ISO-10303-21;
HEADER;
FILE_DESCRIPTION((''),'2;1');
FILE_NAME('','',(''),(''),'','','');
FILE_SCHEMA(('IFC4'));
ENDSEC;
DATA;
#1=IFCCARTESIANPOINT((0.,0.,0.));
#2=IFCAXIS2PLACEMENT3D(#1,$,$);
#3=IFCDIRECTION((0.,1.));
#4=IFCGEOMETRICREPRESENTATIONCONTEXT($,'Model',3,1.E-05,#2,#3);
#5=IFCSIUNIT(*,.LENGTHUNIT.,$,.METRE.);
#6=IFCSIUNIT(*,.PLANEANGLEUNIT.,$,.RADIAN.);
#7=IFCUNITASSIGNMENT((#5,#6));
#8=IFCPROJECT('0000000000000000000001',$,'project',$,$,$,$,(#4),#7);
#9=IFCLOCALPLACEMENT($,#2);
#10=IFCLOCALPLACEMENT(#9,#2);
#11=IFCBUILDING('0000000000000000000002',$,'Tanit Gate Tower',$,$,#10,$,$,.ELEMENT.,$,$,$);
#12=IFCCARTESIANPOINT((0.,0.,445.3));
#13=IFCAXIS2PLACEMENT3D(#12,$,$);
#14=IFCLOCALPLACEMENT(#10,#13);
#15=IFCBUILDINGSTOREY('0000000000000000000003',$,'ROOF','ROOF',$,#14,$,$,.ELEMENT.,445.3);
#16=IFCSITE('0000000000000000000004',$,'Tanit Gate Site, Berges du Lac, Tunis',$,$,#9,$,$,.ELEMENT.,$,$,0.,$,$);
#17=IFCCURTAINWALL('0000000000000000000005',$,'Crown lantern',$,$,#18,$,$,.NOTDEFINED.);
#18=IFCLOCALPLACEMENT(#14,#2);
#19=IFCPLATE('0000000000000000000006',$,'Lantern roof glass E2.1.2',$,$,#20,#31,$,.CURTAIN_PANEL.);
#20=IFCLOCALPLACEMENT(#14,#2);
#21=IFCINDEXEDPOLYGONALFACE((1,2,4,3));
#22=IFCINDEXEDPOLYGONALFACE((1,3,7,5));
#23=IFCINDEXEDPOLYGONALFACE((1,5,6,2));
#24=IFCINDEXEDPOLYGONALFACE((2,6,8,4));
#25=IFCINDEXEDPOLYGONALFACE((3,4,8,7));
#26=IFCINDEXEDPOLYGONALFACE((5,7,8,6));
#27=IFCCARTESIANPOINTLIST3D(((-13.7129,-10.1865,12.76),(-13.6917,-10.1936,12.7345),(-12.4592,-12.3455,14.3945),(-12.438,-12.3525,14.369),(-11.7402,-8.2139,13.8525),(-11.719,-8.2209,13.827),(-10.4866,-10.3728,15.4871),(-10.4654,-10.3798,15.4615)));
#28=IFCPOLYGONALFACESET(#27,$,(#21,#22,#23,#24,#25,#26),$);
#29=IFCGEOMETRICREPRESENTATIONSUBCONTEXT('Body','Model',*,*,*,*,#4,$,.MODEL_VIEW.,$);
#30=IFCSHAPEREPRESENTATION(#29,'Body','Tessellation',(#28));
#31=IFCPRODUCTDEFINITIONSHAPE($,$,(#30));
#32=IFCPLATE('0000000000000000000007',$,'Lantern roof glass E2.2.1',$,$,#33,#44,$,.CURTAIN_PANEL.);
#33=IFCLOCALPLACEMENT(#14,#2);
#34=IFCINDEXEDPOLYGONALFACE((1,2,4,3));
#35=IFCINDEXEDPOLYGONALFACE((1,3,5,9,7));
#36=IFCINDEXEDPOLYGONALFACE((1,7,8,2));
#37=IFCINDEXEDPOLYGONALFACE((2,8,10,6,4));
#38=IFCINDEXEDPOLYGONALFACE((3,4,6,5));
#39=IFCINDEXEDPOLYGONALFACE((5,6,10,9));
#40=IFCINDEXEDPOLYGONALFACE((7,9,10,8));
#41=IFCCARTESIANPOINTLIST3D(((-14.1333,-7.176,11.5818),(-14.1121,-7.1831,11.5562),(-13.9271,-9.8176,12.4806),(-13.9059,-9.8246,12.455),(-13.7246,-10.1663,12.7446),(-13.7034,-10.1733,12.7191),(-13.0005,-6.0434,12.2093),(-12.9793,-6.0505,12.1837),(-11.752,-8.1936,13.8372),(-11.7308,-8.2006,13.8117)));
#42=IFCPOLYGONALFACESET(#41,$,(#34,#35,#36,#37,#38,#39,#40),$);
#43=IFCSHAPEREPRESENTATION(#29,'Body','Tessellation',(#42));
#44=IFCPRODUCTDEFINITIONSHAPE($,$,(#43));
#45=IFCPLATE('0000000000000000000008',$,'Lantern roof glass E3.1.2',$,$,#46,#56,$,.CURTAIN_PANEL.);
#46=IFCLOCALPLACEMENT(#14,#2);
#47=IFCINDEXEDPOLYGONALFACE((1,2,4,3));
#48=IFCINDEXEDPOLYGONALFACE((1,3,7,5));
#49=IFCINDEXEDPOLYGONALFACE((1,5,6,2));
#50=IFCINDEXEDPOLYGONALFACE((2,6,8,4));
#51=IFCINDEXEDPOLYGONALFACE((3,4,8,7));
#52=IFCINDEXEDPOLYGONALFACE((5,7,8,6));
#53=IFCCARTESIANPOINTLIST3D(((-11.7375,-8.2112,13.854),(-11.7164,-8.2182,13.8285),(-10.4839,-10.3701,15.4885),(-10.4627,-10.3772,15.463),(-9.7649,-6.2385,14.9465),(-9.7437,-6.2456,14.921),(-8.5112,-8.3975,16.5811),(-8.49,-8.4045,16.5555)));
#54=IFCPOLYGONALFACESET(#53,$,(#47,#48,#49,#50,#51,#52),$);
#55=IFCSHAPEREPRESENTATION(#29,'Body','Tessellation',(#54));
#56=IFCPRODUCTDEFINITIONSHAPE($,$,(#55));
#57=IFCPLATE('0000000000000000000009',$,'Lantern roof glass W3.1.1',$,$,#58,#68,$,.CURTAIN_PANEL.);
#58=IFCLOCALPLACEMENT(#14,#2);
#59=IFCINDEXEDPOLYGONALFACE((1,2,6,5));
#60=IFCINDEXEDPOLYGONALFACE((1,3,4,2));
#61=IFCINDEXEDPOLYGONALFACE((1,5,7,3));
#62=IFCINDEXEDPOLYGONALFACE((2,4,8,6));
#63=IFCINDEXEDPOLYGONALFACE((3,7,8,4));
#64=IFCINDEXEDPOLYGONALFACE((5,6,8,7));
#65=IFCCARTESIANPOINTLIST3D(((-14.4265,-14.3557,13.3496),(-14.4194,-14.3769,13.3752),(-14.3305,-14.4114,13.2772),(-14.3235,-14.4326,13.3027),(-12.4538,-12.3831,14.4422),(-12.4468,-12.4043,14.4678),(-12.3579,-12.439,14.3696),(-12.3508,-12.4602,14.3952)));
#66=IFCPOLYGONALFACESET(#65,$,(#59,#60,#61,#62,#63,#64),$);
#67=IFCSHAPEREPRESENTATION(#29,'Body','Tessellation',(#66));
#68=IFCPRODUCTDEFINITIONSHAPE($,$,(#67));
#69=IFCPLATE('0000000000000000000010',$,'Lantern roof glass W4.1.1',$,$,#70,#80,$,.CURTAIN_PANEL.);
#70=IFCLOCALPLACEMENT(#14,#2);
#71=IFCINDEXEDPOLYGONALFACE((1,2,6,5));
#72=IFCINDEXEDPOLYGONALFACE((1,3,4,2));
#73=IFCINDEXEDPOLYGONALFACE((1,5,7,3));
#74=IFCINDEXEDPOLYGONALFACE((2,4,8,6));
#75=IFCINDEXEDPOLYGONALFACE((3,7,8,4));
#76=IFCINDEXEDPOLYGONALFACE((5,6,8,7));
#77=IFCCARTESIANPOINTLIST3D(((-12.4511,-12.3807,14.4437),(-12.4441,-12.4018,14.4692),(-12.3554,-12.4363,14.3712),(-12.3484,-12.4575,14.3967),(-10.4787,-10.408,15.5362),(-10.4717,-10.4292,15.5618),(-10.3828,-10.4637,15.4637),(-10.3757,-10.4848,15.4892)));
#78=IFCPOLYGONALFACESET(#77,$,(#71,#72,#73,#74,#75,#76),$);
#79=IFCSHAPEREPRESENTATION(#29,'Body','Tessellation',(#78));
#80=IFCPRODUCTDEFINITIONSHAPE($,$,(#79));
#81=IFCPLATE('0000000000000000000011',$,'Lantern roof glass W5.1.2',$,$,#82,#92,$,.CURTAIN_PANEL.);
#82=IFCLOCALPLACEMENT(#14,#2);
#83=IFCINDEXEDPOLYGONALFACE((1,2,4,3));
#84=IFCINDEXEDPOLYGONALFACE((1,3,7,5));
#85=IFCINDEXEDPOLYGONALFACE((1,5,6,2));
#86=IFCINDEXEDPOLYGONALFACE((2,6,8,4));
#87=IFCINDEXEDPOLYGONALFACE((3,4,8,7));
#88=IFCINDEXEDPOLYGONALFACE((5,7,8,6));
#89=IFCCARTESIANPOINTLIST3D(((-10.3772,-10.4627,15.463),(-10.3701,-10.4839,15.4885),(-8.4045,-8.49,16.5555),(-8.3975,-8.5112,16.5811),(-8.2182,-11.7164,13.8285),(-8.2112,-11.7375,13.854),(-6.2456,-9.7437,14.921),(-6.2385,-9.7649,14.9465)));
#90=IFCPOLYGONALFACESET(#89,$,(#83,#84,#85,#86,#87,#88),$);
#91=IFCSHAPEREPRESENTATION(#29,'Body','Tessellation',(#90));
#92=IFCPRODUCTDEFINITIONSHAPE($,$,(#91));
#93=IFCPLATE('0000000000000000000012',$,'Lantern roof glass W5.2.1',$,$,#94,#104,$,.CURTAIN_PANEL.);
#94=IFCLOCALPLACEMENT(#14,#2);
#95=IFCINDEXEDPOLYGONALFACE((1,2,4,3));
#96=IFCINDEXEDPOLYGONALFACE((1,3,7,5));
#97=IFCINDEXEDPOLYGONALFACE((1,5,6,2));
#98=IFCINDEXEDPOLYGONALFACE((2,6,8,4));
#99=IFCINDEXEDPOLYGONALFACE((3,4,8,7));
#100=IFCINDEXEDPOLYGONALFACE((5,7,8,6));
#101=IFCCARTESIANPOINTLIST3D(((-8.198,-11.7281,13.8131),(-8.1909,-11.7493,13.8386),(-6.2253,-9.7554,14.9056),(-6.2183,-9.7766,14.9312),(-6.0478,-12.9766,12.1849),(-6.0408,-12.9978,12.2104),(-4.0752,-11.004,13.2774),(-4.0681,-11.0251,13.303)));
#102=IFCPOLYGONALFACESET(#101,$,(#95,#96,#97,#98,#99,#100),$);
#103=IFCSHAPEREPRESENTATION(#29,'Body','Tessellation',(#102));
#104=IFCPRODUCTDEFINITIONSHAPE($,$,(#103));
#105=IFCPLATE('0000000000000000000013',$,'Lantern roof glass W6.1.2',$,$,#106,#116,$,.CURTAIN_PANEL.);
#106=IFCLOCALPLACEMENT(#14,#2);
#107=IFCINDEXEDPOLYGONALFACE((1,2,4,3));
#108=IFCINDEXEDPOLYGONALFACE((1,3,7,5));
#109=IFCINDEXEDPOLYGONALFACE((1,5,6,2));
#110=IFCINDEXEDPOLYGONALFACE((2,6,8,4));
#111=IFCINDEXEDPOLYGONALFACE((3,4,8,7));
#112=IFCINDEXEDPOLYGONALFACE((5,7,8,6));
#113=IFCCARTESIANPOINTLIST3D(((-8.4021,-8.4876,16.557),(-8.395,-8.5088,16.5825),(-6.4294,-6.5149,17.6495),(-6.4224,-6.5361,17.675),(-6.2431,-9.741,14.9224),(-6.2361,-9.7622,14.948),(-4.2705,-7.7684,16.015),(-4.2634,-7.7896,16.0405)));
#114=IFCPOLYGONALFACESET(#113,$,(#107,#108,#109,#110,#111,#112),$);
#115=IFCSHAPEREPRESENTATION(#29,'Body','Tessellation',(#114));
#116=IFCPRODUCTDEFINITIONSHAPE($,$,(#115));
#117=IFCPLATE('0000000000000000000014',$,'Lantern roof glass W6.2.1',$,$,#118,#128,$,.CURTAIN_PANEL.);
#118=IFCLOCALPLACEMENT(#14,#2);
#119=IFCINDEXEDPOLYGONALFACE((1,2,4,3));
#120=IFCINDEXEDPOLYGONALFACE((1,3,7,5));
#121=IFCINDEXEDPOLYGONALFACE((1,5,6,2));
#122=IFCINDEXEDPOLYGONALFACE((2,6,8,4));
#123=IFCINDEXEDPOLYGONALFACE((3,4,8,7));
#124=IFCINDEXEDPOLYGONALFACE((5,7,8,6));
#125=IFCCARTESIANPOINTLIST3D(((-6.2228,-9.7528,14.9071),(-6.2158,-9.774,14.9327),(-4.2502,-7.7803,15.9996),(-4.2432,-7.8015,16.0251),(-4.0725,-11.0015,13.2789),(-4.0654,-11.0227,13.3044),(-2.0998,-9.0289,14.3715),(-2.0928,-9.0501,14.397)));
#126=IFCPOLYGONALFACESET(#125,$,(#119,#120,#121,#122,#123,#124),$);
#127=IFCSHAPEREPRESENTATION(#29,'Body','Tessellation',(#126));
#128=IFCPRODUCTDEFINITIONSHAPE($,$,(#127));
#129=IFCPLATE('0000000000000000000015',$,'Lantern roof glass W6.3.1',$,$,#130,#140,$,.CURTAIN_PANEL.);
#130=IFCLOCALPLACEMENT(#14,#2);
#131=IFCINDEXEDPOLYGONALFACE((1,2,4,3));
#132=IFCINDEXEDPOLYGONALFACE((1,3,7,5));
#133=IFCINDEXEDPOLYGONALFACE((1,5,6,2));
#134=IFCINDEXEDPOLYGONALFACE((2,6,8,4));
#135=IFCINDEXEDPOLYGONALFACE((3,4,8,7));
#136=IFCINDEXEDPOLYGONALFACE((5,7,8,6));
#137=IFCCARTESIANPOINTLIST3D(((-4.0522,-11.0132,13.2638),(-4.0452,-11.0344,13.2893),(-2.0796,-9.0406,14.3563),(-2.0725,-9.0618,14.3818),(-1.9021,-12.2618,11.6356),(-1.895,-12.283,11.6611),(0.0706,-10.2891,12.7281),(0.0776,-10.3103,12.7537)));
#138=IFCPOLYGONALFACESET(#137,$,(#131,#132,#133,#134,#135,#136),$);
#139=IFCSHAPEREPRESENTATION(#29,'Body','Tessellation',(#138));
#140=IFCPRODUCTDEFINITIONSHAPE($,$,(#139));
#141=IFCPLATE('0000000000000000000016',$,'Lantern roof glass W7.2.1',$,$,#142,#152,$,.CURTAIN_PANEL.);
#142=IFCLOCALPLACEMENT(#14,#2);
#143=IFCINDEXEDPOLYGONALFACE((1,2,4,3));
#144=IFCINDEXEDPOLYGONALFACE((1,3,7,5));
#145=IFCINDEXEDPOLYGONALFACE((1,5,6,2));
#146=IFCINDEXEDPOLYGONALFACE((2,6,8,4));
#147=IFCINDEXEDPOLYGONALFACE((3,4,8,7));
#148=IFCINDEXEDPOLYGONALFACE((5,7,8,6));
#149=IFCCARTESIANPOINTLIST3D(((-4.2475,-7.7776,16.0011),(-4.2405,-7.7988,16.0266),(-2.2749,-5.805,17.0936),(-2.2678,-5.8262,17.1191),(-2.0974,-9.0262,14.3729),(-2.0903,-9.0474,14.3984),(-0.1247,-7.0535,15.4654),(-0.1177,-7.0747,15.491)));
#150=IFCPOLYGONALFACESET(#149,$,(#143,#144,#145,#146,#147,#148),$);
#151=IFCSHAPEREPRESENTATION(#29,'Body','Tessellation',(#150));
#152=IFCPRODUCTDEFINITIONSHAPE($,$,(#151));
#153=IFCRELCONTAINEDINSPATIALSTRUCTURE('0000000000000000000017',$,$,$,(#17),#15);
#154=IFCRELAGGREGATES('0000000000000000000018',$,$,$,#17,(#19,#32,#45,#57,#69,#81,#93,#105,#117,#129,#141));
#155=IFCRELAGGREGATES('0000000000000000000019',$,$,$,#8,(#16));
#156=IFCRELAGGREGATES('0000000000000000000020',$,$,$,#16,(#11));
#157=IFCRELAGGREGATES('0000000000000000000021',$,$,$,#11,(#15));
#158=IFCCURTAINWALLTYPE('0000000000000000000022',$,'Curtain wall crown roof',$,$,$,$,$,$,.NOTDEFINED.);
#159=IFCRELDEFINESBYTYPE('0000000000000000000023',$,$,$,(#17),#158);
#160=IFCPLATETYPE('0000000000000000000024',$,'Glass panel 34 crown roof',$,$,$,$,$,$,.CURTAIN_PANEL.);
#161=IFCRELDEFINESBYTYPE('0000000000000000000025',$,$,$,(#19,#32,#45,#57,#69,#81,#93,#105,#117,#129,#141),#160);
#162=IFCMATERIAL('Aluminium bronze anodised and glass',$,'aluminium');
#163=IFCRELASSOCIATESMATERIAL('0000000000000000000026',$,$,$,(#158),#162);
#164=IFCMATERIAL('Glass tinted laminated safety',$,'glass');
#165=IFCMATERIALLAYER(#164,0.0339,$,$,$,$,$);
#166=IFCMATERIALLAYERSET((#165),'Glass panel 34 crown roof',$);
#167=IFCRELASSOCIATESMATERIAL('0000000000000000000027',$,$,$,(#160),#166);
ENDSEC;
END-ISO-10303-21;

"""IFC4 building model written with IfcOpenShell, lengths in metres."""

from ifc_helpers import new_model, si_unit, direction, frame, origin, place, context, subcontext, project, spatial, polyline, outline, extrude, material, layer, layer_set, type_object, element, aggregate, save


model = new_model("IFC4")

# Units and contexts
model_context = context("Model", 3, precision=1e-05, world=origin(), true_north=direction((0.0, 1.0)))
body_context = subcontext(model_context, "Body", "Model", "MODEL_VIEW")
ifc_project = project(units=[si_unit("LENGTHUNIT", "METRE"), si_unit("PLANEANGLEUNIT", "RADIAN")], contexts=[model_context])

# Site, building, storey
site_placement = place(None, origin())
site = spatial("IfcSite", under=ifc_project, at=site_placement, Name="Tanit Gate Site, Berges du Lac, Tunis", CompositionType="ELEMENT", RefElevation=0.0)
building_placement = place(site_placement, origin())
building = spatial("IfcBuilding", under=site, at=building_placement, Name="Tanit Gate Tower", CompositionType="ELEMENT")
storey_placement = place(building_placement, frame((0.0, 0.0, 445.3)))
storey = spatial("IfcBuildingStorey", under=building, at=storey_placement, Name="ROOF", Description="ROOF", CompositionType="ELEMENT", Elevation=445.3)

# Curtain wall, plates
ifc_material_1 = material(Name="Aluminium bronze anodised and glass", Category="aluminium")
curtain_wall_type = type_object("IfcCurtainWallType", Name="Curtain wall crown roof", PredefinedType="NOTDEFINED", material=ifc_material_1)
curtain_wall_placement = place(storey_placement, origin())
curtain_wall = element("IfcCurtainWall", 1, at=curtain_wall_placement, inside=storey, type_object=curtain_wall_type, Name="Crown lantern", PredefinedType="NOTDEFINED")
ifc_material_2 = material(Name="Glass tinted laminated safety", Category="glass")
ifc_layer = layer(ifc_material_2, 0.0339)
ifc_layer_set = layer_set([ifc_layer], Name="Glass panel 34 crown roof")
plate_type = type_object("IfcPlateType", Name="Glass panel 34 crown roof", PredefinedType="CURTAIN_PANEL", material=ifc_layer_set)
plate_1_placement = place(storey_placement, frame((-12.4592, -12.3455, 14.3945), z_axis=(-0.624483, 0.207453, 0.752984), x_axis=(0.658417, 0.658417, 0.364656)))
plate_1 = element("IfcPlate", 2, at=plate_1_placement, type_object=plate_type, Name="Lantern roof glass E2.1.2", PredefinedType="CURTAIN_PANEL", context=body_context, shape_type="SweptSolid", body=[
    extrude(outline(polyline([(0.0, 0.0), (2.9961, 0.0), (2.9961, 2.984), (0.0, 2.984), (0.0, 0.0)])), origin(), (0.0, 0.0, -1.0), 0.0339),
])
plate_2_placement = place(storey_placement, frame((-13.7246, -10.1663, 12.7446), z_axis=(-0.62452, 0.207454, 0.752953), x_axis=(0.658396, 0.658424, 0.364682)))
plate_2 = element("IfcPlate", 3, at=plate_2_placement, type_object=plate_type, Name="Lantern roof glass E2.2.1", PredefinedType="CURTAIN_PANEL", context=body_context, shape_type="SweptSolid", body=[
    extrude(outline(polyline([(0.0, 0.0), (2.9961, 0.0), (2.9961, 2.9719), (1.2757, 2.9721), (0.0, 0.482), (0.0, 0.0)])), origin(), (0.0, 0.0, -1.0), 0.0339),
])
plate_3_placement = place(storey_placement, frame((-10.4839, -10.3701, 15.4885), z_axis=(-0.624483, 0.207453, 0.752984), x_axis=(0.658417, 0.658417, 0.364656)))
plate_3 = element("IfcPlate", 4, at=plate_3_placement, type_object=plate_type, Name="Lantern roof glass E3.1.2", PredefinedType="CURTAIN_PANEL", context=body_context, shape_type="SweptSolid", body=[
    extrude(outline(polyline([(0.0, 0.0), (2.9961, 0.0), (2.9961, 2.984), (0.0, 2.984), (0.0, 0.0)])), origin(), (0.0, 0.0, -1.0), 0.0339),
])
plate_4_placement = place(storey_placement, frame((-12.4468, -12.4043, 14.4678), z_axis=(0.206654, -0.624045, 0.753566), x_axis=(-0.658422, -0.658401, -0.364675)))
plate_4 = element("IfcPlate", 5, at=plate_4_placement, type_object=plate_type, Name="Lantern roof glass W3.1.1", PredefinedType="CURTAIN_PANEL", context=body_context, shape_type="SweptSolid", body=[
    extrude(outline(polyline([(0.0, 0.0), (2.9961, 0.0), (2.996, 0.1325), (0.0001, 0.1326), (0.0, 0.0)])), origin(), (0.0, 0.0, -1.0), 0.0339),
])
plate_5_placement = place(storey_placement, frame((-10.4717, -10.4292, 15.5618), z_axis=(0.20723, -0.624345, 0.75316), x_axis=(-0.658373, -0.658447, -0.364681)))
plate_5 = element("IfcPlate", 6, at=plate_5_placement, type_object=plate_type, Name="Lantern roof glass W4.1.1", PredefinedType="CURTAIN_PANEL", context=body_context, shape_type="SweptSolid", body=[
    extrude(outline(polyline([(0.0, 0.0), (2.9959, 0.0), (2.996, 0.1323), (-0.0001, 0.1325), (0.0, 0.0)])), origin(), (0.0, 0.0, -1.0), 0.0339),
])
plate_6_placement = place(storey_placement, frame((-8.2112, -11.7375, 13.854), z_axis=(0.207453, -0.624483, 0.752984), x_axis=(0.658417, 0.658417, 0.364656)))
plate_6 = element("IfcPlate", 7, at=plate_6_placement, type_object=plate_type, Name="Lantern roof glass W5.1.2", PredefinedType="CURTAIN_PANEL", context=body_context, shape_type="SweptSolid", body=[
    extrude(outline(polyline([(0.0, 0.0), (2.9961, 0.0), (2.996, 2.984), (0.0, 2.984), (0.0, 0.0)])), origin(), (0.0, 0.0, -1.0), 0.0339),
])
plate_7_placement = place(storey_placement, frame((-6.0408, -12.9978, 12.2104), z_axis=(0.207513, -0.624518, 0.752938), x_axis=(0.658417, 0.658417, 0.364656)))
plate_7 = element("IfcPlate", 8, at=plate_7_placement, type_object=plate_type, Name="Lantern roof glass W5.2.1", PredefinedType="CURTAIN_PANEL", context=body_context, shape_type="SweptSolid", body=[
    extrude(outline(polyline([(0.0, 0.0), (2.9961, 0.0), (2.9961, 2.972), (0.0001, 2.972), (0.0, 0.0)])), origin(), (0.0, 0.0, -1.0), 0.0339),
])
plate_8_placement = place(storey_placement, frame((-6.2361, -9.7622, 14.948), z_axis=(0.20749, -0.624504, 0.752956), x_axis=(0.658417, 0.658417, 0.364656)))
plate_8 = element("IfcPlate", 9, at=plate_8_placement, type_object=plate_type, Name="Lantern roof glass W6.1.2", PredefinedType="CURTAIN_PANEL", context=body_context, shape_type="SweptSolid", body=[
    extrude(outline(polyline([(0.0, 0.0), (2.9961, 0.0), (2.9959, 2.9839), (-0.0002, 2.9839), (0.0, 0.0)])), origin(), (0.0, 0.0, -1.0), 0.0339),
])
plate_9_placement = place(storey_placement, frame((-4.0654, -11.0227, 13.3044), z_axis=(0.207465, -0.624516, 0.752953), x_axis=(0.658422, 0.658401, 0.364675)))
plate_9 = element("IfcPlate", 10, at=plate_9_placement, type_object=plate_type, Name="Lantern roof glass W6.2.1", PredefinedType="CURTAIN_PANEL", context=body_context, shape_type="SweptSolid", body=[
    extrude(outline(polyline([(0.0, 0.0), (2.9961, 0.0), (2.996, 2.9722), (0.0001, 2.9723), (0.0, 0.0)])), origin(), (0.0, 0.0, -1.0), 0.0339),
])
plate_10_placement = place(storey_placement, frame((-1.895, -12.283, 11.6611), z_axis=(0.207513, -0.624518, 0.752938), x_axis=(0.658417, 0.658417, 0.364656)))
plate_10 = element("IfcPlate", 11, at=plate_10_placement, type_object=plate_type, Name="Lantern roof glass W6.3.1", PredefinedType="CURTAIN_PANEL", context=body_context, shape_type="SweptSolid", body=[
    extrude(outline(polyline([(0.0, 0.0), (2.9961, 0.0), (2.9961, 2.972), (0.0001, 2.972), (0.0, 0.0)])), origin(), (0.0, 0.0, -1.0), 0.0339),
])
plate_11_placement = place(storey_placement, frame((-2.0903, -9.0474, 14.3984), z_axis=(0.207513, -0.624518, 0.752938), x_axis=(0.658417, 0.658417, 0.364656)))
plate_11 = element("IfcPlate", 12, at=plate_11_placement, type_object=plate_type, Name="Lantern roof glass W7.2.1", PredefinedType="CURTAIN_PANEL", context=body_context, shape_type="SweptSolid", body=[
    extrude(outline(polyline([(0.0, 0.0), (2.9961, 0.0), (2.9961, 2.972), (0.0001, 2.972), (0.0, 0.0)])), origin(), (0.0, 0.0, -1.0), 0.0339),
])
aggregate(curtain_wall, [plate_1, plate_2, plate_3, plate_4, plate_5, plate_6, plate_7, plate_8, plate_9, plate_10, plate_11])

save(model, "model.ifc")
